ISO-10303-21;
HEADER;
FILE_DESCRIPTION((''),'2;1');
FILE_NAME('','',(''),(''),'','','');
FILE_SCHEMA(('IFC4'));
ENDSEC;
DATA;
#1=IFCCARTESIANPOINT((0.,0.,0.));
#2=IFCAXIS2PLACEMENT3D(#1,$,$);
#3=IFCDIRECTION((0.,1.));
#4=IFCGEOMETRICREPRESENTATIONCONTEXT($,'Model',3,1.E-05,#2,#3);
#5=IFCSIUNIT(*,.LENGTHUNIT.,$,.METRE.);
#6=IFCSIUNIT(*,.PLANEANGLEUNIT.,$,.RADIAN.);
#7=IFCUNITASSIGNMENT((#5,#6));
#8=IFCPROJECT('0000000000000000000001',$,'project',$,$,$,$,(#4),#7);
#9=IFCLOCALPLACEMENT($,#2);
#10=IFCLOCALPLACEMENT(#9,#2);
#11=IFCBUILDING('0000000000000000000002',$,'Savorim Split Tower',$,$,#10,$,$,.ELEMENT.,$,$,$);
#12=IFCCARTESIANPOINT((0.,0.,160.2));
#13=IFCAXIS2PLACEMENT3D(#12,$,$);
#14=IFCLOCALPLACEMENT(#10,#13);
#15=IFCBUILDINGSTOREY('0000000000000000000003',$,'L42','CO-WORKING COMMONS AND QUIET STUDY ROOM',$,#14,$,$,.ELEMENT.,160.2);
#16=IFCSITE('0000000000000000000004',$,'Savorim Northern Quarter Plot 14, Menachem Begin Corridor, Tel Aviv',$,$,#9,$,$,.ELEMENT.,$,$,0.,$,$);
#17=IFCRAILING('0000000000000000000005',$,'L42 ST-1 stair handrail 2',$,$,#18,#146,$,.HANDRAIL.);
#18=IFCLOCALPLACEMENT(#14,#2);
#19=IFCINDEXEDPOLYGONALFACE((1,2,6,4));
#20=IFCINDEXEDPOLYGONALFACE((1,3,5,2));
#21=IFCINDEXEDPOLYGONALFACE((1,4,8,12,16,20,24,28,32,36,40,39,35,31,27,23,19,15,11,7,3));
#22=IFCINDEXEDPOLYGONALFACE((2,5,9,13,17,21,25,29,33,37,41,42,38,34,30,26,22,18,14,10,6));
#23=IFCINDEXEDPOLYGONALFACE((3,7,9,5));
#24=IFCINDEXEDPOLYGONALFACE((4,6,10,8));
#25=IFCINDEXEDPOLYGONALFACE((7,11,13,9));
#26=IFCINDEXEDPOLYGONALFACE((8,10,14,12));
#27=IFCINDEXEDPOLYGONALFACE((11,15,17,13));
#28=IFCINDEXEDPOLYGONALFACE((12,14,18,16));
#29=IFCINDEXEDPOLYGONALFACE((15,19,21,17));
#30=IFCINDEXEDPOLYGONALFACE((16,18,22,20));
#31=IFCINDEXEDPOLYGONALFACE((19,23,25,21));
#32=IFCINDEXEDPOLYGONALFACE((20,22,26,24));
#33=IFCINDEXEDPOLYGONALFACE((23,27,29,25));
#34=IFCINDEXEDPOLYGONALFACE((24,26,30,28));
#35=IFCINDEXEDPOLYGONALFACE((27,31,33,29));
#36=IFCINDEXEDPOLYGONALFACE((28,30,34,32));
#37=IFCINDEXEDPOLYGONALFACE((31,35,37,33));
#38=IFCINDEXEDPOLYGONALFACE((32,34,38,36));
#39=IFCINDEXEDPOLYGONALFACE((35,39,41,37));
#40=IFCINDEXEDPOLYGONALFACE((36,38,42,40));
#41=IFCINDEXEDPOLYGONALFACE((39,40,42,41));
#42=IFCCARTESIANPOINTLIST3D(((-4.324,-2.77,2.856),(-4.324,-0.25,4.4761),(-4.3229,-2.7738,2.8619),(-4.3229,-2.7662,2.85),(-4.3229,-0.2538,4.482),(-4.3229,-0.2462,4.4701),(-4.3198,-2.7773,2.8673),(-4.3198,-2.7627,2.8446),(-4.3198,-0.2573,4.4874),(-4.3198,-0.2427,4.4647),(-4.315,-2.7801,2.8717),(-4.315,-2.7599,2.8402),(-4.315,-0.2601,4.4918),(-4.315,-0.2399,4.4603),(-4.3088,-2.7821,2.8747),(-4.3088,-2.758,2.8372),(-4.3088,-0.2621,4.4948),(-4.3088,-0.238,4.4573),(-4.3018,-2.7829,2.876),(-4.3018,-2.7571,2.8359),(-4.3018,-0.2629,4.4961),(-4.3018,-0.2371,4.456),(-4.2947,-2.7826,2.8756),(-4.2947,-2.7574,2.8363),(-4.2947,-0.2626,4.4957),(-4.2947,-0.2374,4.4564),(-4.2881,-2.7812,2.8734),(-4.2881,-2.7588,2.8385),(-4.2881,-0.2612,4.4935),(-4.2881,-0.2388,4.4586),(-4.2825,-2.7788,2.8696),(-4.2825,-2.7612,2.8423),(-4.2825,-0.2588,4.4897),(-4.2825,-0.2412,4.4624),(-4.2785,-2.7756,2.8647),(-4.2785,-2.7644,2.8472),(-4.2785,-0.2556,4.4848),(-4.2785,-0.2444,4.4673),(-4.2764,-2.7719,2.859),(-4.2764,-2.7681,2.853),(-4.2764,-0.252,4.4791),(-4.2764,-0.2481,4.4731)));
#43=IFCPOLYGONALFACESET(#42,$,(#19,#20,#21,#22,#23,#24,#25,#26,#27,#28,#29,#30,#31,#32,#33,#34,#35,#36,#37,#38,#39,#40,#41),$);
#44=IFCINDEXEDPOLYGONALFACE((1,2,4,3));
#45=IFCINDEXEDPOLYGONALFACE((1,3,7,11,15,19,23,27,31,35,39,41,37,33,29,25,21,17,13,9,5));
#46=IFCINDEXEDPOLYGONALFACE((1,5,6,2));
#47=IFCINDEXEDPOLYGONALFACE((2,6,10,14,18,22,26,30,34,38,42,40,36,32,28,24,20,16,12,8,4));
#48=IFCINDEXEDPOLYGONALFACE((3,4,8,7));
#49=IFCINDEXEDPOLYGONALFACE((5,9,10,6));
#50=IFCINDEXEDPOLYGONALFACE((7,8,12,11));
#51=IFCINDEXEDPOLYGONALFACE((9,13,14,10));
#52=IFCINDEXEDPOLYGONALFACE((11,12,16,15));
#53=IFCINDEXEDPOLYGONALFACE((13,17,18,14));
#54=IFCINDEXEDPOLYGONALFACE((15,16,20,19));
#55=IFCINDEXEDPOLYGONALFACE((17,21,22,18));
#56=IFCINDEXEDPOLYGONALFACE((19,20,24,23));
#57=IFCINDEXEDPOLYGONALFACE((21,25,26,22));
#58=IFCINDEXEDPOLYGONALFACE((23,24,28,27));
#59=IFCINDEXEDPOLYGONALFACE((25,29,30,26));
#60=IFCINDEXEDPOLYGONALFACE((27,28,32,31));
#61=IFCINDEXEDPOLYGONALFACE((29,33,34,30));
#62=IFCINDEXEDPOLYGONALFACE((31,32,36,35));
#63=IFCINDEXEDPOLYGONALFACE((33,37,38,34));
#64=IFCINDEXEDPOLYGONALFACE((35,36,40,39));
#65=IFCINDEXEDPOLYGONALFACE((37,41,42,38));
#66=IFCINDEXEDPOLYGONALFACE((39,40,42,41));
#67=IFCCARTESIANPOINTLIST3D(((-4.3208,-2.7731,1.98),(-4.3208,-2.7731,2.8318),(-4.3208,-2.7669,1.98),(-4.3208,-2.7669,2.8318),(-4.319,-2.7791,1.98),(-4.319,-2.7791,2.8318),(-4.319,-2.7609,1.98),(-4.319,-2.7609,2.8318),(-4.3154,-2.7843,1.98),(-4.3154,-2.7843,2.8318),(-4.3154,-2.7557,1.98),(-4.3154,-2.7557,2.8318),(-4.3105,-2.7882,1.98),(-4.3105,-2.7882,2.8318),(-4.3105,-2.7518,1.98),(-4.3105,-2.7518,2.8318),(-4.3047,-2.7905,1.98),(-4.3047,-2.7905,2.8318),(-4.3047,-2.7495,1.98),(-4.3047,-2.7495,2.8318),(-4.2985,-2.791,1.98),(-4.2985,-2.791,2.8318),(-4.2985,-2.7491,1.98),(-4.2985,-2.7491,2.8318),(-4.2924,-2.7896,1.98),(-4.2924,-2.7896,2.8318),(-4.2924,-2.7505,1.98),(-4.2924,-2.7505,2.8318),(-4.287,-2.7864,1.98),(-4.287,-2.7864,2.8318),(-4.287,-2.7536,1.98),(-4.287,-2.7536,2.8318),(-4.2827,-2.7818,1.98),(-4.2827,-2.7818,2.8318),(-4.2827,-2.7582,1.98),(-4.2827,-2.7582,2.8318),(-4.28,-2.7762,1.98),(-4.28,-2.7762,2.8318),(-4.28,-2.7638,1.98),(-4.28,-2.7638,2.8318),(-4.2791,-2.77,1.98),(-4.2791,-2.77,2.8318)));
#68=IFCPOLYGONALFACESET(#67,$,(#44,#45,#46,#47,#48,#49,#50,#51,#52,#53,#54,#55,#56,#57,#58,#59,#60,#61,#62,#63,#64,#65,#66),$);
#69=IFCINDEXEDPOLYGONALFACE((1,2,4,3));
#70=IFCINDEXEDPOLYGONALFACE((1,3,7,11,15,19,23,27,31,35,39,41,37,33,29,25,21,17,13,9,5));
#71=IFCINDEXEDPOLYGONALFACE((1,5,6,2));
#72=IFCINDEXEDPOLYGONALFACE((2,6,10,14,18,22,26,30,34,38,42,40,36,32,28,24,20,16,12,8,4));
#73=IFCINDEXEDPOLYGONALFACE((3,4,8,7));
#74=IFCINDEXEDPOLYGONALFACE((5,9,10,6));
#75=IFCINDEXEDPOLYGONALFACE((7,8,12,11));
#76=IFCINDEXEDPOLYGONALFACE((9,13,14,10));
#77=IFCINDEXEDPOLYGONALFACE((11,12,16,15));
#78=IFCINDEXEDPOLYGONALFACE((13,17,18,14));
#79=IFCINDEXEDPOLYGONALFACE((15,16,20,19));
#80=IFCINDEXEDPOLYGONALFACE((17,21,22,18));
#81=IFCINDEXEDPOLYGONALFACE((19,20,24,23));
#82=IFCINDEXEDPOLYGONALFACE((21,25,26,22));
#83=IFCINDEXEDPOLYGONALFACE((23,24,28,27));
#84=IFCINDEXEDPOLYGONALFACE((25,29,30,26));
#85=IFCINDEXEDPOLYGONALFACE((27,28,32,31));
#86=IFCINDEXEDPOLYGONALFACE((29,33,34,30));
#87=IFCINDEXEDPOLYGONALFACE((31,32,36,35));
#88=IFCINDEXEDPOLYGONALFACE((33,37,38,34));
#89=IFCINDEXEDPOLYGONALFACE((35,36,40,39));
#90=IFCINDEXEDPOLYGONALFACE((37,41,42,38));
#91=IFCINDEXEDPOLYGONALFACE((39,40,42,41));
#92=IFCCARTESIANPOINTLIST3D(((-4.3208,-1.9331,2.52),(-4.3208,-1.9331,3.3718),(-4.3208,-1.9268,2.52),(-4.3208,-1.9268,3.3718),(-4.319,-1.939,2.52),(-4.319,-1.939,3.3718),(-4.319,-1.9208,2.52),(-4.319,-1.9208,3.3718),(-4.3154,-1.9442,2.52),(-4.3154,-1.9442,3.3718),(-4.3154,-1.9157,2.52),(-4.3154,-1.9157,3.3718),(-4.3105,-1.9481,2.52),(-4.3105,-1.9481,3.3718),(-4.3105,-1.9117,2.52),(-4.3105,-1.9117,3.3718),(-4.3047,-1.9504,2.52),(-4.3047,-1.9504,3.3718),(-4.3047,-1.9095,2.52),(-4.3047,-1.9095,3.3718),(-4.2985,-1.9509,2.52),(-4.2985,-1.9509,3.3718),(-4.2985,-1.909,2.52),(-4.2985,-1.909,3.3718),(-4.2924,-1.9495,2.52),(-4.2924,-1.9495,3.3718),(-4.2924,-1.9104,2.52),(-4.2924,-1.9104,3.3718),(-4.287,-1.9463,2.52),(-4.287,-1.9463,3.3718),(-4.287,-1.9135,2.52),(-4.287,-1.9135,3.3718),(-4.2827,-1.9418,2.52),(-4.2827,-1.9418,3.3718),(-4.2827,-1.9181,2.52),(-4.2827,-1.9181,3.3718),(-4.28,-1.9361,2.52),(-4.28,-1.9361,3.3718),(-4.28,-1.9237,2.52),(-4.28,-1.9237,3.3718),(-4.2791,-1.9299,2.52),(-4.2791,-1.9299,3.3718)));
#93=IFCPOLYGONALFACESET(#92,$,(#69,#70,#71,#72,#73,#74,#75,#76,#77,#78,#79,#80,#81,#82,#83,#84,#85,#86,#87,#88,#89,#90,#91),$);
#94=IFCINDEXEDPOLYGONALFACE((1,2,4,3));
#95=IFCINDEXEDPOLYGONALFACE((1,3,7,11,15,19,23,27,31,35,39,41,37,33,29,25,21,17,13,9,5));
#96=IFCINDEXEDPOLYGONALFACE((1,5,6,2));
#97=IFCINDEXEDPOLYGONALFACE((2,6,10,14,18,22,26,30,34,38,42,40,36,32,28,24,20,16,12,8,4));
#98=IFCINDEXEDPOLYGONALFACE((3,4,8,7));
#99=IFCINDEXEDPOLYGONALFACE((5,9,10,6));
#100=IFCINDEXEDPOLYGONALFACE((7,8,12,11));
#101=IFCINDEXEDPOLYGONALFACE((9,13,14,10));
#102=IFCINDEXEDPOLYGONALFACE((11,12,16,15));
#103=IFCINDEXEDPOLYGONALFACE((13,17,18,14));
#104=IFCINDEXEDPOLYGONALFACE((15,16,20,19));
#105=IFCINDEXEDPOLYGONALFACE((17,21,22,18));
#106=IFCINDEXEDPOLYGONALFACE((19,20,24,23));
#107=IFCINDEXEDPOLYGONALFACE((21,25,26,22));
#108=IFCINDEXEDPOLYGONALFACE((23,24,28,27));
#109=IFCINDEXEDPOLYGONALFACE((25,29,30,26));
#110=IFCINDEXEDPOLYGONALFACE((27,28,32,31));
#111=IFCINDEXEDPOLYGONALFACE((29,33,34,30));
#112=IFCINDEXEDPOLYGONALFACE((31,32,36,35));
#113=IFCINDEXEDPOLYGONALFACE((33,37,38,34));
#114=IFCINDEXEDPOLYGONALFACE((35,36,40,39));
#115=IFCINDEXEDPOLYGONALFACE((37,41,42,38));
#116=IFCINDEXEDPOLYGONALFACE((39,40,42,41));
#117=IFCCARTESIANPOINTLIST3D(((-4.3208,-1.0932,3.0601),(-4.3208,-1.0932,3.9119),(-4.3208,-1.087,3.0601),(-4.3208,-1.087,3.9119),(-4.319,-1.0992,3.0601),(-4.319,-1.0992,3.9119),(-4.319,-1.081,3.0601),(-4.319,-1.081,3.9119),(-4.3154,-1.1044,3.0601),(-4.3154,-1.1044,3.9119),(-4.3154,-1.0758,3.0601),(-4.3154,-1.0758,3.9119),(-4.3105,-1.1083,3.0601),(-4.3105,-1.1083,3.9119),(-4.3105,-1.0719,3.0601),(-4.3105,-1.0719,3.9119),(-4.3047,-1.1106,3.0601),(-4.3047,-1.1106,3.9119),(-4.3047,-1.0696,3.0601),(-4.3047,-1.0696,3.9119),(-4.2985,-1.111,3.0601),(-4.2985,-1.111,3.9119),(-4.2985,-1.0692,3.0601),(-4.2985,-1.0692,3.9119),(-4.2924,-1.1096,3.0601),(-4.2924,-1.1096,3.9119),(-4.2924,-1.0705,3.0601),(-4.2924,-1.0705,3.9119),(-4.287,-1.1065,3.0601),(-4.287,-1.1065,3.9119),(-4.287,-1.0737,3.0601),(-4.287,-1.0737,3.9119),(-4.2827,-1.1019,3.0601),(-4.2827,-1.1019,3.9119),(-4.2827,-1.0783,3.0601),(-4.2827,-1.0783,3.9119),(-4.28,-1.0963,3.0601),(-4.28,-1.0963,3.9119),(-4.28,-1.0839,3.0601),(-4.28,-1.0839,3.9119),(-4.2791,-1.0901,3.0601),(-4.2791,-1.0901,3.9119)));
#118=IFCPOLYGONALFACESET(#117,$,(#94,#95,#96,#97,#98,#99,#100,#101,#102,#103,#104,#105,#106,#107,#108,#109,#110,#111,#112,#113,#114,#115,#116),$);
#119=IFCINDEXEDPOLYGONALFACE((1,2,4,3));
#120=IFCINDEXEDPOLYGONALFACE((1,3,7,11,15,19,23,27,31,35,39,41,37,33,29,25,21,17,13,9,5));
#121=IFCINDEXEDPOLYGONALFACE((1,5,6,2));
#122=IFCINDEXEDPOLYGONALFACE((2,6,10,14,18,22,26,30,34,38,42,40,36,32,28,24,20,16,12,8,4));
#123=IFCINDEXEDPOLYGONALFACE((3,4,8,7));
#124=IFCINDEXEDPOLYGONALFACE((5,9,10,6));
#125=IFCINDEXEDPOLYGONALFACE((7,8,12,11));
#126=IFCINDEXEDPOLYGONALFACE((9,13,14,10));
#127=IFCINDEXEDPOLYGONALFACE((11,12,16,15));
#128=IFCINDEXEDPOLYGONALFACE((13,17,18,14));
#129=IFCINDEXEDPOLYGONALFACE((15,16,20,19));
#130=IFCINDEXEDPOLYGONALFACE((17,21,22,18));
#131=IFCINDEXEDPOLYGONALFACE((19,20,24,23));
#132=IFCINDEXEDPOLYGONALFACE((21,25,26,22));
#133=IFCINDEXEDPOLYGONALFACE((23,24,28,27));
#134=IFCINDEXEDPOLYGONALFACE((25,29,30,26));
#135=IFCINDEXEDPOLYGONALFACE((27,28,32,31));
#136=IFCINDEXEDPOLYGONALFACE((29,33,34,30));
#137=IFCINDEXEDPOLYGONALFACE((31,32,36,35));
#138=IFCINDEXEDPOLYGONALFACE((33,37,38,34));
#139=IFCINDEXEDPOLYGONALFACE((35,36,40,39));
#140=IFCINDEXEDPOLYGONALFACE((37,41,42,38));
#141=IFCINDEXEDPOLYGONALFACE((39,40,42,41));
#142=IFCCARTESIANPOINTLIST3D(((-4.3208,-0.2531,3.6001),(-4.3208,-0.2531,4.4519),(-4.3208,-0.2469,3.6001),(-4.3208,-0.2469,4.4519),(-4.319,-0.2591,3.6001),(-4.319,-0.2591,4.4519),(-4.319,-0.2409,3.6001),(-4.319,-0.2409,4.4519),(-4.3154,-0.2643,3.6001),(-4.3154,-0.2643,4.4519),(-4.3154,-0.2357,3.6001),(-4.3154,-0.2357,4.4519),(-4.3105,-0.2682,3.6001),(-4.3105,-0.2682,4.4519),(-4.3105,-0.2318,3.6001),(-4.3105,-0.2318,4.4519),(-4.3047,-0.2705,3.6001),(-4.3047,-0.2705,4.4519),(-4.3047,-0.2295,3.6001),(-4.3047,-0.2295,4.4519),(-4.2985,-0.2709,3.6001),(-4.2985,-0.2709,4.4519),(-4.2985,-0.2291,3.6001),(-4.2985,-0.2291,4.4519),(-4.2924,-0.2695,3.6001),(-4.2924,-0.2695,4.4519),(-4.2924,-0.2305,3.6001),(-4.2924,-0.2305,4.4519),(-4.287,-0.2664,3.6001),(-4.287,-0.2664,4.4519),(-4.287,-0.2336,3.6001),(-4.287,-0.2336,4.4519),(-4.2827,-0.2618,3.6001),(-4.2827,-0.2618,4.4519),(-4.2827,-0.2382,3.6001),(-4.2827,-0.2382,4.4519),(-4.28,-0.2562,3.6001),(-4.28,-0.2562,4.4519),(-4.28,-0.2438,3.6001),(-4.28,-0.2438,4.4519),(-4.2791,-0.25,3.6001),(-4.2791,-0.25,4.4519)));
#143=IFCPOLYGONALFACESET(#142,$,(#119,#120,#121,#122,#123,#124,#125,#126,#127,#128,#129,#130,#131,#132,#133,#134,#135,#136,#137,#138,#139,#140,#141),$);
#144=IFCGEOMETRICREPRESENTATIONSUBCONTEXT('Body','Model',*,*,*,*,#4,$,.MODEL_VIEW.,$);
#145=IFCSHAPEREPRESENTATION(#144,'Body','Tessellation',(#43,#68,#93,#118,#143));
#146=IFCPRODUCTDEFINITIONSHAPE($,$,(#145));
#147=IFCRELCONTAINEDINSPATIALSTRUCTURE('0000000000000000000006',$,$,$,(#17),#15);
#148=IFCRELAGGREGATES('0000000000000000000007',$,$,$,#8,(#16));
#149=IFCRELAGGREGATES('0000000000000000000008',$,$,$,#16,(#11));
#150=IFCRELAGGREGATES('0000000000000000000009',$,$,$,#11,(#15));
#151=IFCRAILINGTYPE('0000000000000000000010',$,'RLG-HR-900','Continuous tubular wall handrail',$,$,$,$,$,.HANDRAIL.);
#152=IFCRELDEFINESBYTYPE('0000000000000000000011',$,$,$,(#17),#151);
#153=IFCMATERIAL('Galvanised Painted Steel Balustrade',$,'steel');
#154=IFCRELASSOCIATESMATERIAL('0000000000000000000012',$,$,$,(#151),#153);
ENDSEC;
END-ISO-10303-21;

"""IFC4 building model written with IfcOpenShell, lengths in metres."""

from ifc_helpers import new_model, si_unit, direction, frame, origin, origin_2d, place, context, subcontext, project, spatial, circle, extrude, material, type_object, element, save


model = new_model("IFC4")

# Units and contexts
model_context = context("Model", 3, precision=1e-05, world=origin(), true_north=direction((0.0, 1.0)))
body_context = subcontext(model_context, "Body", "Model", "MODEL_VIEW")
ifc_project = project(units=[si_unit("LENGTHUNIT", "METRE"), si_unit("PLANEANGLEUNIT", "RADIAN")], contexts=[model_context])

# Site, building, storey
site_placement = place(None, origin())
site = spatial("IfcSite", under=ifc_project, at=site_placement, Name="Savorim Northern Quarter Plot 14, Menachem Begin Corridor, Tel Aviv", CompositionType="ELEMENT", RefElevation=0.0)
building_placement = place(site_placement, origin())
building = spatial("IfcBuilding", under=site, at=building_placement, Name="Savorim Split Tower", CompositionType="ELEMENT")
storey_placement = place(building_placement, frame((0.0, 0.0, 160.2)))
storey = spatial("IfcBuildingStorey", under=building, at=storey_placement, Name="L42", Description="CO-WORKING COMMONS AND QUIET STUDY ROOM", CompositionType="ELEMENT", Elevation=160.2)

# Railing
ifc_material_1 = material(Name="Galvanised Painted Steel Balustrade", Category="steel")
railing_type = type_object("IfcRailingType", Name="RLG-HR-900", Description="Continuous tubular wall handrail", PredefinedType="HANDRAIL", material=ifc_material_1)
railing_placement = place(storey_placement, frame((-4.3, -2.77, 1.98)))
element("IfcRailing", 1, at=railing_placement, inside=storey, type_object=railing_type, Name="L42 ST-1 stair handrail 2", PredefinedType="HANDRAIL", context=body_context, shape_type="SweptSolid", body=[
    extrude(circle(Radius=0.0239, at=origin_2d()), frame((0.0, 0.0, 0.876), z_axis=(0.0, 0.841163, 0.540782), x_axis=(-1.0, 0.0, 0.0)), (0.0, 0.0, 1.0), 2.9958),
    extrude(circle(Radius=0.021, at=origin_2d()), origin(), (0.0, 0.0, 1.0), 0.8518),
    extrude(circle(Radius=0.021, at=origin_2d()), frame((0.0, 0.8401, 0.54)), (0.0, 0.0, 1.0), 0.8518),
    extrude(circle(Radius=0.021, at=origin_2d()), frame((0.0, 1.6799, 1.0801)), (0.0, 0.0, 1.0), 0.8518),
    extrude(circle(Radius=0.021, at=origin_2d()), frame((0.0, 2.52, 1.6201)), (0.0, 0.0, 1.0), 0.8518),
])

save(model, "model.ifc")
